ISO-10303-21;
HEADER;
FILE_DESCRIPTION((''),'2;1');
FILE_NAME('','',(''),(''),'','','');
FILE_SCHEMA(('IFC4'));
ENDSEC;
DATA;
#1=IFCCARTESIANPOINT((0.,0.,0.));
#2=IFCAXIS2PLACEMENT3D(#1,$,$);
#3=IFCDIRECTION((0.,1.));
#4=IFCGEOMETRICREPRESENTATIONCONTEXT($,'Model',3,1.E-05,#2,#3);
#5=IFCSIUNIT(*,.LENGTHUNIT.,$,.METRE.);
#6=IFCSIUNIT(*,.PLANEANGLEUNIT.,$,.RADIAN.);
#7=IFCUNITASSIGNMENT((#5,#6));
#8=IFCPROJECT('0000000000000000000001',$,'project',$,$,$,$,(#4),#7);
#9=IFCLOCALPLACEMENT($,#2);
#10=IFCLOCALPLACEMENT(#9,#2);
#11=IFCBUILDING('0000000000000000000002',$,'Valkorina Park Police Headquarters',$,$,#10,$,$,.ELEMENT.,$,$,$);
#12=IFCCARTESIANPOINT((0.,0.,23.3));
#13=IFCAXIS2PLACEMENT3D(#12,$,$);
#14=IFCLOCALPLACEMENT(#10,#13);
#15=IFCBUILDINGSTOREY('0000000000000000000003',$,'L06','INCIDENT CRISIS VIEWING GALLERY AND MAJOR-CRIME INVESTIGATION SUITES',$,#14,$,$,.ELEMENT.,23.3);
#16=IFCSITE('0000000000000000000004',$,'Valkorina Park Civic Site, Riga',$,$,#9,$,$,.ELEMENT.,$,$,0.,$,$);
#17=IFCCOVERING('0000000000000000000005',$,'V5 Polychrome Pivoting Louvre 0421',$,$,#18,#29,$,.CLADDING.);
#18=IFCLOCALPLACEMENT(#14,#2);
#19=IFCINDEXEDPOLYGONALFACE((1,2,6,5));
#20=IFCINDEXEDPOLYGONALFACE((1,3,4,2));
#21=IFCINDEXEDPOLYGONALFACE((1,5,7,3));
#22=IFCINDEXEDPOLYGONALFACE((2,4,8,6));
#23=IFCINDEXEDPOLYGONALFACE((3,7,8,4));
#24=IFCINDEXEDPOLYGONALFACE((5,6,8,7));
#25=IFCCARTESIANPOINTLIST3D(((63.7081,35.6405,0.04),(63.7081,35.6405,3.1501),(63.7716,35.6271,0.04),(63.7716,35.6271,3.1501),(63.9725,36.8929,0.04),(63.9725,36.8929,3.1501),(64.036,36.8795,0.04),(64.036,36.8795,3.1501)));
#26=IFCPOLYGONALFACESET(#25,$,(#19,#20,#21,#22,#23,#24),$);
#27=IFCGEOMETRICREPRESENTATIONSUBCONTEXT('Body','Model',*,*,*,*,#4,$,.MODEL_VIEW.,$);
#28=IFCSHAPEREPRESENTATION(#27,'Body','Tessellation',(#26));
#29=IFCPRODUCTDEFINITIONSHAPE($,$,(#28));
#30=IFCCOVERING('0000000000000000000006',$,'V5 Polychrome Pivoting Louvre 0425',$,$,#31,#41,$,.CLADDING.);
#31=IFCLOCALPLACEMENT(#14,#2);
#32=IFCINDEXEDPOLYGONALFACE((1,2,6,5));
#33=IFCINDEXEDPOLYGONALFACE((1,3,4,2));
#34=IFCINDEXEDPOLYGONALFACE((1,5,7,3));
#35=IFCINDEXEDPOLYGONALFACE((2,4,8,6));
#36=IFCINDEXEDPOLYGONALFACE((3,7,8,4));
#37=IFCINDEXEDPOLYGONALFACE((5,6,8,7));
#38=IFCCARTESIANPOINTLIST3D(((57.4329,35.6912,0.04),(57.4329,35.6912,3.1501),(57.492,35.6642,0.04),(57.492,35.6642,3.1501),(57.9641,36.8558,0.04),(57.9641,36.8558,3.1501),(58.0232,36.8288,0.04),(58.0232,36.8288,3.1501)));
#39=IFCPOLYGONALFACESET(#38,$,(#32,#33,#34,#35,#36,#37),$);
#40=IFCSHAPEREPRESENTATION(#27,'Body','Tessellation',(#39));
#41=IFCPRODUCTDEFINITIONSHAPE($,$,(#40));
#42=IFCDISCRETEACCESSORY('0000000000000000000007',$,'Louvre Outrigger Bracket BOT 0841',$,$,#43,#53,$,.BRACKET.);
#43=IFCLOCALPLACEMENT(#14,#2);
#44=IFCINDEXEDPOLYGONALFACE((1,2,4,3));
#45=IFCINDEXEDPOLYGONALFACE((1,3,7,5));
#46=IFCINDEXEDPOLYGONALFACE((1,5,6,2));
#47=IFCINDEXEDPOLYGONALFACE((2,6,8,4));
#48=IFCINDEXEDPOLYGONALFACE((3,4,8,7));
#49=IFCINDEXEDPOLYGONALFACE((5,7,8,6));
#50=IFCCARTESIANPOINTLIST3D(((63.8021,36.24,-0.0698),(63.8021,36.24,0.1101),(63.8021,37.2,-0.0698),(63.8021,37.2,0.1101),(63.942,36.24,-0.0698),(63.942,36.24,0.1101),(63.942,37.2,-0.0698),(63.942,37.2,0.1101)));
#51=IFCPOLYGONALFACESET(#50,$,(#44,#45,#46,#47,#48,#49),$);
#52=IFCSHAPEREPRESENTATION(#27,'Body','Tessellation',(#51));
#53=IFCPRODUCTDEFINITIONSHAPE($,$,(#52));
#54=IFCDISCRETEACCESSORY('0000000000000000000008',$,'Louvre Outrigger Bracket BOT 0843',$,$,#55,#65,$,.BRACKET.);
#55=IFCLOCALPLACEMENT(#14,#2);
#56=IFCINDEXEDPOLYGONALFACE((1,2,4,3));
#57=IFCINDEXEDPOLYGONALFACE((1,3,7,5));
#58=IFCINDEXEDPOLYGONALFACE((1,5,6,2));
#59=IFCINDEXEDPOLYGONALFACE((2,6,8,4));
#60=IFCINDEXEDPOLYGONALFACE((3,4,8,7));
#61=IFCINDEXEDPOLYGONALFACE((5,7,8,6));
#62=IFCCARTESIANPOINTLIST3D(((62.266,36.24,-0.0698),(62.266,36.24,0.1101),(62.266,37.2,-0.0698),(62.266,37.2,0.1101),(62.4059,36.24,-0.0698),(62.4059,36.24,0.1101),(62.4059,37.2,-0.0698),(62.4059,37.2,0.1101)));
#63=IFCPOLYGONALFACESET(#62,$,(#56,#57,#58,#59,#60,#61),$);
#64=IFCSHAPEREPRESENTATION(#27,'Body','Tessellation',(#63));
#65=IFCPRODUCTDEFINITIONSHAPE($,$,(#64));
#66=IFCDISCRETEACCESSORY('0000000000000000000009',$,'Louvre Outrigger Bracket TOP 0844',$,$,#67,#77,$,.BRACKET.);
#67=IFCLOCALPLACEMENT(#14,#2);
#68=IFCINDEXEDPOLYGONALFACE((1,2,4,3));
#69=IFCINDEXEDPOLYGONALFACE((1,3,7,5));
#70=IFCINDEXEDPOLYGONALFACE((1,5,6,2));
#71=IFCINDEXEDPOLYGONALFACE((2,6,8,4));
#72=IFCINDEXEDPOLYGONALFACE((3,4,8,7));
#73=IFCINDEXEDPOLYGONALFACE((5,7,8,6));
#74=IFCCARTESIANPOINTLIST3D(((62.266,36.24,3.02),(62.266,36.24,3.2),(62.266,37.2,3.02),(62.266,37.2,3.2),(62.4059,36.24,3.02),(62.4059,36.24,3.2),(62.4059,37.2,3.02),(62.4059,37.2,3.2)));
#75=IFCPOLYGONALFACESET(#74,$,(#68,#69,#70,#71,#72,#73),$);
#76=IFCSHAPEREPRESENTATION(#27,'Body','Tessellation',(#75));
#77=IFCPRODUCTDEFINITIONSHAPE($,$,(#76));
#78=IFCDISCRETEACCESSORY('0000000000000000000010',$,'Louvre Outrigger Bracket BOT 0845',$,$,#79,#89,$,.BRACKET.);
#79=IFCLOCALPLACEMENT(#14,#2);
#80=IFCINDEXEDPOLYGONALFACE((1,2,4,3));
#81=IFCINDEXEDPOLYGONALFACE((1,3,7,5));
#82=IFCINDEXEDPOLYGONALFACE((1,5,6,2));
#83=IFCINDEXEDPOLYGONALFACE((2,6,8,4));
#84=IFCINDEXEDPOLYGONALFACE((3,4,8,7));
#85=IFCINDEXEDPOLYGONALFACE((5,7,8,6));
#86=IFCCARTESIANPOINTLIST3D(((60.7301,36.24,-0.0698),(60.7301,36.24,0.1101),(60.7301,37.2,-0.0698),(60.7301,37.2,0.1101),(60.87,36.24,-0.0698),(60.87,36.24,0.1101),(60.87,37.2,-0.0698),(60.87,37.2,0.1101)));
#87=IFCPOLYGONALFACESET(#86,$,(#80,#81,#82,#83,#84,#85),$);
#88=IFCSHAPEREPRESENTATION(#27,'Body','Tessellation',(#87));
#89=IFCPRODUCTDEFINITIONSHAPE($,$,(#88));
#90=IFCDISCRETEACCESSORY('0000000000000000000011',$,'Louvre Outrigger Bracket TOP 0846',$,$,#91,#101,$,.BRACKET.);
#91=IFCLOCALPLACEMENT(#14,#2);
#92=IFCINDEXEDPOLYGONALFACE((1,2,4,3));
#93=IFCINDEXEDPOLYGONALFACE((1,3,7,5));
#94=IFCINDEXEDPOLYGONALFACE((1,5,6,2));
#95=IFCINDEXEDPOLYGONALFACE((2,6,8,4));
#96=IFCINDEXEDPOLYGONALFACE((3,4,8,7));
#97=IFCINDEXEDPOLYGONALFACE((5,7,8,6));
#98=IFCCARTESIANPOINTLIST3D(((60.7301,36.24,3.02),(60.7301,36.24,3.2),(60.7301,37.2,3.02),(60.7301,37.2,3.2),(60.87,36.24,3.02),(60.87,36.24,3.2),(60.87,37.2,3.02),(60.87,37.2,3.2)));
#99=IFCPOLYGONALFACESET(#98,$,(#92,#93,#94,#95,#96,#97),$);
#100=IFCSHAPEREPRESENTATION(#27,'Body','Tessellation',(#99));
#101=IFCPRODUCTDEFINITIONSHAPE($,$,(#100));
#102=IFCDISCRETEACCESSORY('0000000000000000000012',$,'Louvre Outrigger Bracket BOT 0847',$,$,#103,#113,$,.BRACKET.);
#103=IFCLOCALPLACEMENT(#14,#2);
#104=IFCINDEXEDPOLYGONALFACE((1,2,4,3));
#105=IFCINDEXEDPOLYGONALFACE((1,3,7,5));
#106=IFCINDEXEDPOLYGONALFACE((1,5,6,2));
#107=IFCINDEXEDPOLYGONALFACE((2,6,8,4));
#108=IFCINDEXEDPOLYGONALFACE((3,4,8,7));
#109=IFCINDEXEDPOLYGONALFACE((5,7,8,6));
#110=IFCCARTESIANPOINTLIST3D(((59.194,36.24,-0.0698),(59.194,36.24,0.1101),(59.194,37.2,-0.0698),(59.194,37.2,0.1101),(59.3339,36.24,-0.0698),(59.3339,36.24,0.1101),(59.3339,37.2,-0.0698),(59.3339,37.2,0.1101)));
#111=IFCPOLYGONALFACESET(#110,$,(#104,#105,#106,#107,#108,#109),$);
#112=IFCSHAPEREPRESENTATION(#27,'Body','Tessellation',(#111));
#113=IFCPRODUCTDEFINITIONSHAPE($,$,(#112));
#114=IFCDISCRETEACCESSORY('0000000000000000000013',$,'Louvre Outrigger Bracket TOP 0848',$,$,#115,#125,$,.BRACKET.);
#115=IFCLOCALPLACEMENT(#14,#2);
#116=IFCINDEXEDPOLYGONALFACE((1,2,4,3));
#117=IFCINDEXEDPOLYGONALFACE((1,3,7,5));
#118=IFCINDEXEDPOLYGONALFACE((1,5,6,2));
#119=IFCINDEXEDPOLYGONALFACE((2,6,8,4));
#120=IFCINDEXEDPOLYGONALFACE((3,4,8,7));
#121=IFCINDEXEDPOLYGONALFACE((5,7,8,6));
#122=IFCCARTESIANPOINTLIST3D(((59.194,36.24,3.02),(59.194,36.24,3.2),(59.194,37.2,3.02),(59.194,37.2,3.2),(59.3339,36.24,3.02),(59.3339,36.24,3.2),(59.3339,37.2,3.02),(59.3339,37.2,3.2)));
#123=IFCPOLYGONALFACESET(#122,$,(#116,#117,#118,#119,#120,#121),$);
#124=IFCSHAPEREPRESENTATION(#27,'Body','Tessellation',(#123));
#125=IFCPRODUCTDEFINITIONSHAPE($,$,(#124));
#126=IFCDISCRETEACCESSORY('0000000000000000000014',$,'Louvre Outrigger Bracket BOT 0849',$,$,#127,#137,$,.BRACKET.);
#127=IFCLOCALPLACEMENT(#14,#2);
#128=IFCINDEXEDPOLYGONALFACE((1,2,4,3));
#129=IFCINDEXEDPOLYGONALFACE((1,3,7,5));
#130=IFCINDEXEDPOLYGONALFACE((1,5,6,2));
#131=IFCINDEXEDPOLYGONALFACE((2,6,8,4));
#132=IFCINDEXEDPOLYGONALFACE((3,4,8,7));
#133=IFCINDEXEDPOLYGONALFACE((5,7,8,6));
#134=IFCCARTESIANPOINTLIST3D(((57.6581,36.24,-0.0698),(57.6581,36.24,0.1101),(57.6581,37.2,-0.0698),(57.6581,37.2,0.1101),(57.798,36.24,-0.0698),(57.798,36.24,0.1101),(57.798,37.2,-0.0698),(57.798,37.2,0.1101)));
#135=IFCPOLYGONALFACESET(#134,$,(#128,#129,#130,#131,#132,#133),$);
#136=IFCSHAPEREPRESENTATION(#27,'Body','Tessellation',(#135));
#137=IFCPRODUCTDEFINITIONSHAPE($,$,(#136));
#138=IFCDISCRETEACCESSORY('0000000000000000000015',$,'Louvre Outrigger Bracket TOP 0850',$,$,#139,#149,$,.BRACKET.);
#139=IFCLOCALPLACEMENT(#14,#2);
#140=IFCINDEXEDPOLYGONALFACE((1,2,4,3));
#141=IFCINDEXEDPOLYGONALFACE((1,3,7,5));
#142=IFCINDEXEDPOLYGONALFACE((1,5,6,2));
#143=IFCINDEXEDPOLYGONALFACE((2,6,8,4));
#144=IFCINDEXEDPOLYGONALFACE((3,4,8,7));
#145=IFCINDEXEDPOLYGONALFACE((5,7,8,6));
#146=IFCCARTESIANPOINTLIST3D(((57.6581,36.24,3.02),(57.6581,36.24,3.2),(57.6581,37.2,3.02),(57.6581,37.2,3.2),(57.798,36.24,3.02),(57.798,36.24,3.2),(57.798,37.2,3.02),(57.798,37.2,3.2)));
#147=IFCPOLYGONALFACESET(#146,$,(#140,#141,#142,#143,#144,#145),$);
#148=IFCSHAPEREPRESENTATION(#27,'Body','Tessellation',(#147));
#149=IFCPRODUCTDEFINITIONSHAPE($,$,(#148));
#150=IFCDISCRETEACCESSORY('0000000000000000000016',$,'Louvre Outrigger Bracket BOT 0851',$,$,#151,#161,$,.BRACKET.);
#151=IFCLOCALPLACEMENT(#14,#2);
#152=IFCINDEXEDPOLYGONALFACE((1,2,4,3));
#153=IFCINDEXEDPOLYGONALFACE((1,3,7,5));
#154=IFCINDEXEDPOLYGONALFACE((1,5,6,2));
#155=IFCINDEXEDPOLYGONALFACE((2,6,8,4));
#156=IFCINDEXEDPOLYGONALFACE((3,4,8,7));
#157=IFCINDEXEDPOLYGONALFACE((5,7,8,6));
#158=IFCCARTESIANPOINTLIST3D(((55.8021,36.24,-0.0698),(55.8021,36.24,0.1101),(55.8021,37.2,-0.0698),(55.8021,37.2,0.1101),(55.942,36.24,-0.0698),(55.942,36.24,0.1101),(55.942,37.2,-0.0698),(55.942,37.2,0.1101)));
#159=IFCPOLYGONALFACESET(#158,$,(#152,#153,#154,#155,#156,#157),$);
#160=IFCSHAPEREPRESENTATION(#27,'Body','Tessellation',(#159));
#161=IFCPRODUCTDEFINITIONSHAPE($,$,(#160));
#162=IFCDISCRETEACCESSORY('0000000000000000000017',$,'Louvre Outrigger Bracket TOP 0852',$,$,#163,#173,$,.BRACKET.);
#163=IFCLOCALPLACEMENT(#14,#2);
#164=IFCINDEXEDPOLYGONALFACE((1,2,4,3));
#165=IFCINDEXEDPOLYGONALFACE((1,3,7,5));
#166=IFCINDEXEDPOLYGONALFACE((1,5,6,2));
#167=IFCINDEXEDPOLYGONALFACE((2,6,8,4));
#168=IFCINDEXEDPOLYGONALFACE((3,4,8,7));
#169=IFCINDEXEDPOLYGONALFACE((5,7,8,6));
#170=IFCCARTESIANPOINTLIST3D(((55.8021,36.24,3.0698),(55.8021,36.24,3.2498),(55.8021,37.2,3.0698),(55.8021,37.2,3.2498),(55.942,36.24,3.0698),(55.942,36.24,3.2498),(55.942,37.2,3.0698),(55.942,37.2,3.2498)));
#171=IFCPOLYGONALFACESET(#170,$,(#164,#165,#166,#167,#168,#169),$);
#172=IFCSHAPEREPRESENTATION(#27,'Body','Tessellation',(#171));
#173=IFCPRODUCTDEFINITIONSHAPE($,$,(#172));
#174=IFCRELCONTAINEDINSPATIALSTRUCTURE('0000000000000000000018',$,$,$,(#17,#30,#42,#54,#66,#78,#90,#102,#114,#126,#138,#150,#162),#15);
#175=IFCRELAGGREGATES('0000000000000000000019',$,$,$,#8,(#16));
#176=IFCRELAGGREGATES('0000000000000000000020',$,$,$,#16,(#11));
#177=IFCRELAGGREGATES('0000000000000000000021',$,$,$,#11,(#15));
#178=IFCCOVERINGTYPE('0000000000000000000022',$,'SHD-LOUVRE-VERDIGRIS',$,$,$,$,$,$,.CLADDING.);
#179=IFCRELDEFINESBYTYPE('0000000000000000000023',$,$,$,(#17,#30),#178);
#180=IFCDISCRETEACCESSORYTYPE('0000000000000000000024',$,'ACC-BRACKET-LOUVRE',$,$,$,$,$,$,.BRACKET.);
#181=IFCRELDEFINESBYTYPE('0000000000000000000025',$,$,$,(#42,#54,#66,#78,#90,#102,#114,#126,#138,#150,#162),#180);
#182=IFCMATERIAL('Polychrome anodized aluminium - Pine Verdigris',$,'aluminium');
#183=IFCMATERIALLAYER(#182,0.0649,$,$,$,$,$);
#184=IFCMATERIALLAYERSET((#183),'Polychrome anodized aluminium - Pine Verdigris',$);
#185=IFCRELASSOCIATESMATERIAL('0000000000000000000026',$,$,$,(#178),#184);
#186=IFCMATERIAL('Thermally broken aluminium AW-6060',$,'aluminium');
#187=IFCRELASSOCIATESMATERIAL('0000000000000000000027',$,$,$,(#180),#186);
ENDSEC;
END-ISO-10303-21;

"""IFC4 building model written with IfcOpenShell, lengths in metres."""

from ifc_helpers import new_model, si_unit, direction, frame, origin, origin_2d, place, context, subcontext, project, spatial, rectangle, extrude, material, layer, layer_set, type_object, element, save


model = new_model("IFC4")

# Units and contexts
model_context = context("Model", 3, precision=1e-05, world=origin(), true_north=direction((0.0, 1.0)))
body_context = subcontext(model_context, "Body", "Model", "MODEL_VIEW")
ifc_project = project(units=[si_unit("LENGTHUNIT", "METRE"), si_unit("PLANEANGLEUNIT", "RADIAN")], contexts=[model_context])

# Site, building, storey
site_placement = place(None, origin())
site = spatial("IfcSite", under=ifc_project, at=site_placement, Name="Valkorina Park Civic Site, Riga", CompositionType="ELEMENT", RefElevation=0.0)
building_placement = place(site_placement, origin())
building = spatial("IfcBuilding", under=site, at=building_placement, Name="Valkorina Park Police Headquarters", CompositionType="ELEMENT")
storey_placement = place(building_placement, frame((0.0, 0.0, 23.3)))
storey = spatial("IfcBuildingStorey", under=building, at=storey_placement, Name="L06", Description="INCIDENT CRISIS VIEWING GALLERY AND MAJOR-CRIME INVESTIGATION SUITES", CompositionType="ELEMENT", Elevation=23.3)

# Shared definitions
ifc_material_1 = material(Name="Thermally broken aluminium AW-6060", Category="aluminium")

# Coverings
ifc_material_2 = material(Name="Polychrome anodized aluminium - Pine Verdigris", Category="aluminium")
ifc_layer_1 = layer(ifc_material_2, 0.0649)
ifc_layer_set_1 = layer_set([ifc_layer_1], Name="Polychrome anodized aluminium - Pine Verdigris")
covering_type_1 = type_object("IfcCoveringType", Name="SHD-LOUVRE-VERDIGRIS", PredefinedType="CLADDING", material=ifc_layer_set_1)
for number, where, z_axis, x_axis, name in (
    (1, (63.8721, 36.26, 0.04), (0.0, 0.0, 1.0), (-0.206546, -0.978437, 0.0), "V5 Polychrome Pivoting Louvre 0421"),
    (2, (57.728, 36.26, 0.04), (0.0, 0.0, 1.0), (-0.415011, -0.909816, 0.0), "V5 Polychrome Pivoting Louvre 0425"),
):
    element("IfcCovering", number, at=place(storey_placement, frame(where, z_axis=z_axis, x_axis=x_axis)), inside=storey, type_object=covering_type_1, Name=name, PredefinedType="CLADDING", context=body_context, shape_type="SweptSolid", body=[
        extrude(rectangle(XDim=1.28, YDim=0.0649, at=origin_2d()), origin(), (0.0, 0.0, 1.0), 3.1101),
    ])

# Discrete accessories
discrete_accessory_type = type_object("IfcDiscreteAccessoryType", Name="ACC-BRACKET-LOUVRE", PredefinedType="BRACKET", material=ifc_material_1)
for number, where, z_axis, x_axis, name in (
    (3, (63.8721, 36.72, -0.0698), (0.0, 0.0, 1.0), (0.0, -1.0, 0.0), "Louvre Outrigger Bracket BOT 0841"),
    (4, (62.3359, 36.72, -0.0698), (0.0, 0.0, 1.0), (0.0, -1.0, 0.0), "Louvre Outrigger Bracket BOT 0843"),
    (5, (62.3359, 36.72, 3.02), (0.0, 0.0, 1.0), (0.0, -1.0, 0.0), "Louvre Outrigger Bracket TOP 0844"),
    (6, (60.8, 36.72, -0.0698), (0.0, 0.0, 1.0), (0.0, -1.0, 0.0), "Louvre Outrigger Bracket BOT 0845"),
    (7, (60.8, 36.72, 3.02), (0.0, 0.0, 1.0), (0.0, -1.0, 0.0), "Louvre Outrigger Bracket TOP 0846"),
    (8, (59.2639, 36.72, -0.0698), (0.0, 0.0, 1.0), (0.0, -1.0, 0.0), "Louvre Outrigger Bracket BOT 0847"),
    (9, (59.2639, 36.72, 3.02), (0.0, 0.0, 1.0), (0.0, -1.0, 0.0), "Louvre Outrigger Bracket TOP 0848"),
    (10, (57.728, 36.72, -0.0698), (0.0, 0.0, 1.0), (0.0, -1.0, 0.0), "Louvre Outrigger Bracket BOT 0849"),
    (11, (57.728, 36.72, 3.02), (0.0, 0.0, 1.0), (0.0, -1.0, 0.0), "Louvre Outrigger Bracket TOP 0850"),
    (12, (55.8721, 36.72, -0.0698), (0.0, 0.0, 1.0), (0.0, -1.0, 0.0), "Louvre Outrigger Bracket BOT 0851"),
    (13, (55.8721, 36.72, 3.0698), (0.0, 0.0, 1.0), (0.0, -1.0, 0.0), "Louvre Outrigger Bracket TOP 0852"),
):
    element("IfcDiscreteAccessory", number, at=place(storey_placement, frame(where, z_axis=z_axis, x_axis=x_axis)), inside=storey, type_object=discrete_accessory_type, Name=name, PredefinedType="BRACKET", context=body_context, shape_type="SweptSolid", body=[
        extrude(rectangle(XDim=0.96, YDim=0.1399, at=origin_2d()), origin(), (0.0, 0.0, 1.0), 0.1799),
    ])

save(model, "model.ifc")
